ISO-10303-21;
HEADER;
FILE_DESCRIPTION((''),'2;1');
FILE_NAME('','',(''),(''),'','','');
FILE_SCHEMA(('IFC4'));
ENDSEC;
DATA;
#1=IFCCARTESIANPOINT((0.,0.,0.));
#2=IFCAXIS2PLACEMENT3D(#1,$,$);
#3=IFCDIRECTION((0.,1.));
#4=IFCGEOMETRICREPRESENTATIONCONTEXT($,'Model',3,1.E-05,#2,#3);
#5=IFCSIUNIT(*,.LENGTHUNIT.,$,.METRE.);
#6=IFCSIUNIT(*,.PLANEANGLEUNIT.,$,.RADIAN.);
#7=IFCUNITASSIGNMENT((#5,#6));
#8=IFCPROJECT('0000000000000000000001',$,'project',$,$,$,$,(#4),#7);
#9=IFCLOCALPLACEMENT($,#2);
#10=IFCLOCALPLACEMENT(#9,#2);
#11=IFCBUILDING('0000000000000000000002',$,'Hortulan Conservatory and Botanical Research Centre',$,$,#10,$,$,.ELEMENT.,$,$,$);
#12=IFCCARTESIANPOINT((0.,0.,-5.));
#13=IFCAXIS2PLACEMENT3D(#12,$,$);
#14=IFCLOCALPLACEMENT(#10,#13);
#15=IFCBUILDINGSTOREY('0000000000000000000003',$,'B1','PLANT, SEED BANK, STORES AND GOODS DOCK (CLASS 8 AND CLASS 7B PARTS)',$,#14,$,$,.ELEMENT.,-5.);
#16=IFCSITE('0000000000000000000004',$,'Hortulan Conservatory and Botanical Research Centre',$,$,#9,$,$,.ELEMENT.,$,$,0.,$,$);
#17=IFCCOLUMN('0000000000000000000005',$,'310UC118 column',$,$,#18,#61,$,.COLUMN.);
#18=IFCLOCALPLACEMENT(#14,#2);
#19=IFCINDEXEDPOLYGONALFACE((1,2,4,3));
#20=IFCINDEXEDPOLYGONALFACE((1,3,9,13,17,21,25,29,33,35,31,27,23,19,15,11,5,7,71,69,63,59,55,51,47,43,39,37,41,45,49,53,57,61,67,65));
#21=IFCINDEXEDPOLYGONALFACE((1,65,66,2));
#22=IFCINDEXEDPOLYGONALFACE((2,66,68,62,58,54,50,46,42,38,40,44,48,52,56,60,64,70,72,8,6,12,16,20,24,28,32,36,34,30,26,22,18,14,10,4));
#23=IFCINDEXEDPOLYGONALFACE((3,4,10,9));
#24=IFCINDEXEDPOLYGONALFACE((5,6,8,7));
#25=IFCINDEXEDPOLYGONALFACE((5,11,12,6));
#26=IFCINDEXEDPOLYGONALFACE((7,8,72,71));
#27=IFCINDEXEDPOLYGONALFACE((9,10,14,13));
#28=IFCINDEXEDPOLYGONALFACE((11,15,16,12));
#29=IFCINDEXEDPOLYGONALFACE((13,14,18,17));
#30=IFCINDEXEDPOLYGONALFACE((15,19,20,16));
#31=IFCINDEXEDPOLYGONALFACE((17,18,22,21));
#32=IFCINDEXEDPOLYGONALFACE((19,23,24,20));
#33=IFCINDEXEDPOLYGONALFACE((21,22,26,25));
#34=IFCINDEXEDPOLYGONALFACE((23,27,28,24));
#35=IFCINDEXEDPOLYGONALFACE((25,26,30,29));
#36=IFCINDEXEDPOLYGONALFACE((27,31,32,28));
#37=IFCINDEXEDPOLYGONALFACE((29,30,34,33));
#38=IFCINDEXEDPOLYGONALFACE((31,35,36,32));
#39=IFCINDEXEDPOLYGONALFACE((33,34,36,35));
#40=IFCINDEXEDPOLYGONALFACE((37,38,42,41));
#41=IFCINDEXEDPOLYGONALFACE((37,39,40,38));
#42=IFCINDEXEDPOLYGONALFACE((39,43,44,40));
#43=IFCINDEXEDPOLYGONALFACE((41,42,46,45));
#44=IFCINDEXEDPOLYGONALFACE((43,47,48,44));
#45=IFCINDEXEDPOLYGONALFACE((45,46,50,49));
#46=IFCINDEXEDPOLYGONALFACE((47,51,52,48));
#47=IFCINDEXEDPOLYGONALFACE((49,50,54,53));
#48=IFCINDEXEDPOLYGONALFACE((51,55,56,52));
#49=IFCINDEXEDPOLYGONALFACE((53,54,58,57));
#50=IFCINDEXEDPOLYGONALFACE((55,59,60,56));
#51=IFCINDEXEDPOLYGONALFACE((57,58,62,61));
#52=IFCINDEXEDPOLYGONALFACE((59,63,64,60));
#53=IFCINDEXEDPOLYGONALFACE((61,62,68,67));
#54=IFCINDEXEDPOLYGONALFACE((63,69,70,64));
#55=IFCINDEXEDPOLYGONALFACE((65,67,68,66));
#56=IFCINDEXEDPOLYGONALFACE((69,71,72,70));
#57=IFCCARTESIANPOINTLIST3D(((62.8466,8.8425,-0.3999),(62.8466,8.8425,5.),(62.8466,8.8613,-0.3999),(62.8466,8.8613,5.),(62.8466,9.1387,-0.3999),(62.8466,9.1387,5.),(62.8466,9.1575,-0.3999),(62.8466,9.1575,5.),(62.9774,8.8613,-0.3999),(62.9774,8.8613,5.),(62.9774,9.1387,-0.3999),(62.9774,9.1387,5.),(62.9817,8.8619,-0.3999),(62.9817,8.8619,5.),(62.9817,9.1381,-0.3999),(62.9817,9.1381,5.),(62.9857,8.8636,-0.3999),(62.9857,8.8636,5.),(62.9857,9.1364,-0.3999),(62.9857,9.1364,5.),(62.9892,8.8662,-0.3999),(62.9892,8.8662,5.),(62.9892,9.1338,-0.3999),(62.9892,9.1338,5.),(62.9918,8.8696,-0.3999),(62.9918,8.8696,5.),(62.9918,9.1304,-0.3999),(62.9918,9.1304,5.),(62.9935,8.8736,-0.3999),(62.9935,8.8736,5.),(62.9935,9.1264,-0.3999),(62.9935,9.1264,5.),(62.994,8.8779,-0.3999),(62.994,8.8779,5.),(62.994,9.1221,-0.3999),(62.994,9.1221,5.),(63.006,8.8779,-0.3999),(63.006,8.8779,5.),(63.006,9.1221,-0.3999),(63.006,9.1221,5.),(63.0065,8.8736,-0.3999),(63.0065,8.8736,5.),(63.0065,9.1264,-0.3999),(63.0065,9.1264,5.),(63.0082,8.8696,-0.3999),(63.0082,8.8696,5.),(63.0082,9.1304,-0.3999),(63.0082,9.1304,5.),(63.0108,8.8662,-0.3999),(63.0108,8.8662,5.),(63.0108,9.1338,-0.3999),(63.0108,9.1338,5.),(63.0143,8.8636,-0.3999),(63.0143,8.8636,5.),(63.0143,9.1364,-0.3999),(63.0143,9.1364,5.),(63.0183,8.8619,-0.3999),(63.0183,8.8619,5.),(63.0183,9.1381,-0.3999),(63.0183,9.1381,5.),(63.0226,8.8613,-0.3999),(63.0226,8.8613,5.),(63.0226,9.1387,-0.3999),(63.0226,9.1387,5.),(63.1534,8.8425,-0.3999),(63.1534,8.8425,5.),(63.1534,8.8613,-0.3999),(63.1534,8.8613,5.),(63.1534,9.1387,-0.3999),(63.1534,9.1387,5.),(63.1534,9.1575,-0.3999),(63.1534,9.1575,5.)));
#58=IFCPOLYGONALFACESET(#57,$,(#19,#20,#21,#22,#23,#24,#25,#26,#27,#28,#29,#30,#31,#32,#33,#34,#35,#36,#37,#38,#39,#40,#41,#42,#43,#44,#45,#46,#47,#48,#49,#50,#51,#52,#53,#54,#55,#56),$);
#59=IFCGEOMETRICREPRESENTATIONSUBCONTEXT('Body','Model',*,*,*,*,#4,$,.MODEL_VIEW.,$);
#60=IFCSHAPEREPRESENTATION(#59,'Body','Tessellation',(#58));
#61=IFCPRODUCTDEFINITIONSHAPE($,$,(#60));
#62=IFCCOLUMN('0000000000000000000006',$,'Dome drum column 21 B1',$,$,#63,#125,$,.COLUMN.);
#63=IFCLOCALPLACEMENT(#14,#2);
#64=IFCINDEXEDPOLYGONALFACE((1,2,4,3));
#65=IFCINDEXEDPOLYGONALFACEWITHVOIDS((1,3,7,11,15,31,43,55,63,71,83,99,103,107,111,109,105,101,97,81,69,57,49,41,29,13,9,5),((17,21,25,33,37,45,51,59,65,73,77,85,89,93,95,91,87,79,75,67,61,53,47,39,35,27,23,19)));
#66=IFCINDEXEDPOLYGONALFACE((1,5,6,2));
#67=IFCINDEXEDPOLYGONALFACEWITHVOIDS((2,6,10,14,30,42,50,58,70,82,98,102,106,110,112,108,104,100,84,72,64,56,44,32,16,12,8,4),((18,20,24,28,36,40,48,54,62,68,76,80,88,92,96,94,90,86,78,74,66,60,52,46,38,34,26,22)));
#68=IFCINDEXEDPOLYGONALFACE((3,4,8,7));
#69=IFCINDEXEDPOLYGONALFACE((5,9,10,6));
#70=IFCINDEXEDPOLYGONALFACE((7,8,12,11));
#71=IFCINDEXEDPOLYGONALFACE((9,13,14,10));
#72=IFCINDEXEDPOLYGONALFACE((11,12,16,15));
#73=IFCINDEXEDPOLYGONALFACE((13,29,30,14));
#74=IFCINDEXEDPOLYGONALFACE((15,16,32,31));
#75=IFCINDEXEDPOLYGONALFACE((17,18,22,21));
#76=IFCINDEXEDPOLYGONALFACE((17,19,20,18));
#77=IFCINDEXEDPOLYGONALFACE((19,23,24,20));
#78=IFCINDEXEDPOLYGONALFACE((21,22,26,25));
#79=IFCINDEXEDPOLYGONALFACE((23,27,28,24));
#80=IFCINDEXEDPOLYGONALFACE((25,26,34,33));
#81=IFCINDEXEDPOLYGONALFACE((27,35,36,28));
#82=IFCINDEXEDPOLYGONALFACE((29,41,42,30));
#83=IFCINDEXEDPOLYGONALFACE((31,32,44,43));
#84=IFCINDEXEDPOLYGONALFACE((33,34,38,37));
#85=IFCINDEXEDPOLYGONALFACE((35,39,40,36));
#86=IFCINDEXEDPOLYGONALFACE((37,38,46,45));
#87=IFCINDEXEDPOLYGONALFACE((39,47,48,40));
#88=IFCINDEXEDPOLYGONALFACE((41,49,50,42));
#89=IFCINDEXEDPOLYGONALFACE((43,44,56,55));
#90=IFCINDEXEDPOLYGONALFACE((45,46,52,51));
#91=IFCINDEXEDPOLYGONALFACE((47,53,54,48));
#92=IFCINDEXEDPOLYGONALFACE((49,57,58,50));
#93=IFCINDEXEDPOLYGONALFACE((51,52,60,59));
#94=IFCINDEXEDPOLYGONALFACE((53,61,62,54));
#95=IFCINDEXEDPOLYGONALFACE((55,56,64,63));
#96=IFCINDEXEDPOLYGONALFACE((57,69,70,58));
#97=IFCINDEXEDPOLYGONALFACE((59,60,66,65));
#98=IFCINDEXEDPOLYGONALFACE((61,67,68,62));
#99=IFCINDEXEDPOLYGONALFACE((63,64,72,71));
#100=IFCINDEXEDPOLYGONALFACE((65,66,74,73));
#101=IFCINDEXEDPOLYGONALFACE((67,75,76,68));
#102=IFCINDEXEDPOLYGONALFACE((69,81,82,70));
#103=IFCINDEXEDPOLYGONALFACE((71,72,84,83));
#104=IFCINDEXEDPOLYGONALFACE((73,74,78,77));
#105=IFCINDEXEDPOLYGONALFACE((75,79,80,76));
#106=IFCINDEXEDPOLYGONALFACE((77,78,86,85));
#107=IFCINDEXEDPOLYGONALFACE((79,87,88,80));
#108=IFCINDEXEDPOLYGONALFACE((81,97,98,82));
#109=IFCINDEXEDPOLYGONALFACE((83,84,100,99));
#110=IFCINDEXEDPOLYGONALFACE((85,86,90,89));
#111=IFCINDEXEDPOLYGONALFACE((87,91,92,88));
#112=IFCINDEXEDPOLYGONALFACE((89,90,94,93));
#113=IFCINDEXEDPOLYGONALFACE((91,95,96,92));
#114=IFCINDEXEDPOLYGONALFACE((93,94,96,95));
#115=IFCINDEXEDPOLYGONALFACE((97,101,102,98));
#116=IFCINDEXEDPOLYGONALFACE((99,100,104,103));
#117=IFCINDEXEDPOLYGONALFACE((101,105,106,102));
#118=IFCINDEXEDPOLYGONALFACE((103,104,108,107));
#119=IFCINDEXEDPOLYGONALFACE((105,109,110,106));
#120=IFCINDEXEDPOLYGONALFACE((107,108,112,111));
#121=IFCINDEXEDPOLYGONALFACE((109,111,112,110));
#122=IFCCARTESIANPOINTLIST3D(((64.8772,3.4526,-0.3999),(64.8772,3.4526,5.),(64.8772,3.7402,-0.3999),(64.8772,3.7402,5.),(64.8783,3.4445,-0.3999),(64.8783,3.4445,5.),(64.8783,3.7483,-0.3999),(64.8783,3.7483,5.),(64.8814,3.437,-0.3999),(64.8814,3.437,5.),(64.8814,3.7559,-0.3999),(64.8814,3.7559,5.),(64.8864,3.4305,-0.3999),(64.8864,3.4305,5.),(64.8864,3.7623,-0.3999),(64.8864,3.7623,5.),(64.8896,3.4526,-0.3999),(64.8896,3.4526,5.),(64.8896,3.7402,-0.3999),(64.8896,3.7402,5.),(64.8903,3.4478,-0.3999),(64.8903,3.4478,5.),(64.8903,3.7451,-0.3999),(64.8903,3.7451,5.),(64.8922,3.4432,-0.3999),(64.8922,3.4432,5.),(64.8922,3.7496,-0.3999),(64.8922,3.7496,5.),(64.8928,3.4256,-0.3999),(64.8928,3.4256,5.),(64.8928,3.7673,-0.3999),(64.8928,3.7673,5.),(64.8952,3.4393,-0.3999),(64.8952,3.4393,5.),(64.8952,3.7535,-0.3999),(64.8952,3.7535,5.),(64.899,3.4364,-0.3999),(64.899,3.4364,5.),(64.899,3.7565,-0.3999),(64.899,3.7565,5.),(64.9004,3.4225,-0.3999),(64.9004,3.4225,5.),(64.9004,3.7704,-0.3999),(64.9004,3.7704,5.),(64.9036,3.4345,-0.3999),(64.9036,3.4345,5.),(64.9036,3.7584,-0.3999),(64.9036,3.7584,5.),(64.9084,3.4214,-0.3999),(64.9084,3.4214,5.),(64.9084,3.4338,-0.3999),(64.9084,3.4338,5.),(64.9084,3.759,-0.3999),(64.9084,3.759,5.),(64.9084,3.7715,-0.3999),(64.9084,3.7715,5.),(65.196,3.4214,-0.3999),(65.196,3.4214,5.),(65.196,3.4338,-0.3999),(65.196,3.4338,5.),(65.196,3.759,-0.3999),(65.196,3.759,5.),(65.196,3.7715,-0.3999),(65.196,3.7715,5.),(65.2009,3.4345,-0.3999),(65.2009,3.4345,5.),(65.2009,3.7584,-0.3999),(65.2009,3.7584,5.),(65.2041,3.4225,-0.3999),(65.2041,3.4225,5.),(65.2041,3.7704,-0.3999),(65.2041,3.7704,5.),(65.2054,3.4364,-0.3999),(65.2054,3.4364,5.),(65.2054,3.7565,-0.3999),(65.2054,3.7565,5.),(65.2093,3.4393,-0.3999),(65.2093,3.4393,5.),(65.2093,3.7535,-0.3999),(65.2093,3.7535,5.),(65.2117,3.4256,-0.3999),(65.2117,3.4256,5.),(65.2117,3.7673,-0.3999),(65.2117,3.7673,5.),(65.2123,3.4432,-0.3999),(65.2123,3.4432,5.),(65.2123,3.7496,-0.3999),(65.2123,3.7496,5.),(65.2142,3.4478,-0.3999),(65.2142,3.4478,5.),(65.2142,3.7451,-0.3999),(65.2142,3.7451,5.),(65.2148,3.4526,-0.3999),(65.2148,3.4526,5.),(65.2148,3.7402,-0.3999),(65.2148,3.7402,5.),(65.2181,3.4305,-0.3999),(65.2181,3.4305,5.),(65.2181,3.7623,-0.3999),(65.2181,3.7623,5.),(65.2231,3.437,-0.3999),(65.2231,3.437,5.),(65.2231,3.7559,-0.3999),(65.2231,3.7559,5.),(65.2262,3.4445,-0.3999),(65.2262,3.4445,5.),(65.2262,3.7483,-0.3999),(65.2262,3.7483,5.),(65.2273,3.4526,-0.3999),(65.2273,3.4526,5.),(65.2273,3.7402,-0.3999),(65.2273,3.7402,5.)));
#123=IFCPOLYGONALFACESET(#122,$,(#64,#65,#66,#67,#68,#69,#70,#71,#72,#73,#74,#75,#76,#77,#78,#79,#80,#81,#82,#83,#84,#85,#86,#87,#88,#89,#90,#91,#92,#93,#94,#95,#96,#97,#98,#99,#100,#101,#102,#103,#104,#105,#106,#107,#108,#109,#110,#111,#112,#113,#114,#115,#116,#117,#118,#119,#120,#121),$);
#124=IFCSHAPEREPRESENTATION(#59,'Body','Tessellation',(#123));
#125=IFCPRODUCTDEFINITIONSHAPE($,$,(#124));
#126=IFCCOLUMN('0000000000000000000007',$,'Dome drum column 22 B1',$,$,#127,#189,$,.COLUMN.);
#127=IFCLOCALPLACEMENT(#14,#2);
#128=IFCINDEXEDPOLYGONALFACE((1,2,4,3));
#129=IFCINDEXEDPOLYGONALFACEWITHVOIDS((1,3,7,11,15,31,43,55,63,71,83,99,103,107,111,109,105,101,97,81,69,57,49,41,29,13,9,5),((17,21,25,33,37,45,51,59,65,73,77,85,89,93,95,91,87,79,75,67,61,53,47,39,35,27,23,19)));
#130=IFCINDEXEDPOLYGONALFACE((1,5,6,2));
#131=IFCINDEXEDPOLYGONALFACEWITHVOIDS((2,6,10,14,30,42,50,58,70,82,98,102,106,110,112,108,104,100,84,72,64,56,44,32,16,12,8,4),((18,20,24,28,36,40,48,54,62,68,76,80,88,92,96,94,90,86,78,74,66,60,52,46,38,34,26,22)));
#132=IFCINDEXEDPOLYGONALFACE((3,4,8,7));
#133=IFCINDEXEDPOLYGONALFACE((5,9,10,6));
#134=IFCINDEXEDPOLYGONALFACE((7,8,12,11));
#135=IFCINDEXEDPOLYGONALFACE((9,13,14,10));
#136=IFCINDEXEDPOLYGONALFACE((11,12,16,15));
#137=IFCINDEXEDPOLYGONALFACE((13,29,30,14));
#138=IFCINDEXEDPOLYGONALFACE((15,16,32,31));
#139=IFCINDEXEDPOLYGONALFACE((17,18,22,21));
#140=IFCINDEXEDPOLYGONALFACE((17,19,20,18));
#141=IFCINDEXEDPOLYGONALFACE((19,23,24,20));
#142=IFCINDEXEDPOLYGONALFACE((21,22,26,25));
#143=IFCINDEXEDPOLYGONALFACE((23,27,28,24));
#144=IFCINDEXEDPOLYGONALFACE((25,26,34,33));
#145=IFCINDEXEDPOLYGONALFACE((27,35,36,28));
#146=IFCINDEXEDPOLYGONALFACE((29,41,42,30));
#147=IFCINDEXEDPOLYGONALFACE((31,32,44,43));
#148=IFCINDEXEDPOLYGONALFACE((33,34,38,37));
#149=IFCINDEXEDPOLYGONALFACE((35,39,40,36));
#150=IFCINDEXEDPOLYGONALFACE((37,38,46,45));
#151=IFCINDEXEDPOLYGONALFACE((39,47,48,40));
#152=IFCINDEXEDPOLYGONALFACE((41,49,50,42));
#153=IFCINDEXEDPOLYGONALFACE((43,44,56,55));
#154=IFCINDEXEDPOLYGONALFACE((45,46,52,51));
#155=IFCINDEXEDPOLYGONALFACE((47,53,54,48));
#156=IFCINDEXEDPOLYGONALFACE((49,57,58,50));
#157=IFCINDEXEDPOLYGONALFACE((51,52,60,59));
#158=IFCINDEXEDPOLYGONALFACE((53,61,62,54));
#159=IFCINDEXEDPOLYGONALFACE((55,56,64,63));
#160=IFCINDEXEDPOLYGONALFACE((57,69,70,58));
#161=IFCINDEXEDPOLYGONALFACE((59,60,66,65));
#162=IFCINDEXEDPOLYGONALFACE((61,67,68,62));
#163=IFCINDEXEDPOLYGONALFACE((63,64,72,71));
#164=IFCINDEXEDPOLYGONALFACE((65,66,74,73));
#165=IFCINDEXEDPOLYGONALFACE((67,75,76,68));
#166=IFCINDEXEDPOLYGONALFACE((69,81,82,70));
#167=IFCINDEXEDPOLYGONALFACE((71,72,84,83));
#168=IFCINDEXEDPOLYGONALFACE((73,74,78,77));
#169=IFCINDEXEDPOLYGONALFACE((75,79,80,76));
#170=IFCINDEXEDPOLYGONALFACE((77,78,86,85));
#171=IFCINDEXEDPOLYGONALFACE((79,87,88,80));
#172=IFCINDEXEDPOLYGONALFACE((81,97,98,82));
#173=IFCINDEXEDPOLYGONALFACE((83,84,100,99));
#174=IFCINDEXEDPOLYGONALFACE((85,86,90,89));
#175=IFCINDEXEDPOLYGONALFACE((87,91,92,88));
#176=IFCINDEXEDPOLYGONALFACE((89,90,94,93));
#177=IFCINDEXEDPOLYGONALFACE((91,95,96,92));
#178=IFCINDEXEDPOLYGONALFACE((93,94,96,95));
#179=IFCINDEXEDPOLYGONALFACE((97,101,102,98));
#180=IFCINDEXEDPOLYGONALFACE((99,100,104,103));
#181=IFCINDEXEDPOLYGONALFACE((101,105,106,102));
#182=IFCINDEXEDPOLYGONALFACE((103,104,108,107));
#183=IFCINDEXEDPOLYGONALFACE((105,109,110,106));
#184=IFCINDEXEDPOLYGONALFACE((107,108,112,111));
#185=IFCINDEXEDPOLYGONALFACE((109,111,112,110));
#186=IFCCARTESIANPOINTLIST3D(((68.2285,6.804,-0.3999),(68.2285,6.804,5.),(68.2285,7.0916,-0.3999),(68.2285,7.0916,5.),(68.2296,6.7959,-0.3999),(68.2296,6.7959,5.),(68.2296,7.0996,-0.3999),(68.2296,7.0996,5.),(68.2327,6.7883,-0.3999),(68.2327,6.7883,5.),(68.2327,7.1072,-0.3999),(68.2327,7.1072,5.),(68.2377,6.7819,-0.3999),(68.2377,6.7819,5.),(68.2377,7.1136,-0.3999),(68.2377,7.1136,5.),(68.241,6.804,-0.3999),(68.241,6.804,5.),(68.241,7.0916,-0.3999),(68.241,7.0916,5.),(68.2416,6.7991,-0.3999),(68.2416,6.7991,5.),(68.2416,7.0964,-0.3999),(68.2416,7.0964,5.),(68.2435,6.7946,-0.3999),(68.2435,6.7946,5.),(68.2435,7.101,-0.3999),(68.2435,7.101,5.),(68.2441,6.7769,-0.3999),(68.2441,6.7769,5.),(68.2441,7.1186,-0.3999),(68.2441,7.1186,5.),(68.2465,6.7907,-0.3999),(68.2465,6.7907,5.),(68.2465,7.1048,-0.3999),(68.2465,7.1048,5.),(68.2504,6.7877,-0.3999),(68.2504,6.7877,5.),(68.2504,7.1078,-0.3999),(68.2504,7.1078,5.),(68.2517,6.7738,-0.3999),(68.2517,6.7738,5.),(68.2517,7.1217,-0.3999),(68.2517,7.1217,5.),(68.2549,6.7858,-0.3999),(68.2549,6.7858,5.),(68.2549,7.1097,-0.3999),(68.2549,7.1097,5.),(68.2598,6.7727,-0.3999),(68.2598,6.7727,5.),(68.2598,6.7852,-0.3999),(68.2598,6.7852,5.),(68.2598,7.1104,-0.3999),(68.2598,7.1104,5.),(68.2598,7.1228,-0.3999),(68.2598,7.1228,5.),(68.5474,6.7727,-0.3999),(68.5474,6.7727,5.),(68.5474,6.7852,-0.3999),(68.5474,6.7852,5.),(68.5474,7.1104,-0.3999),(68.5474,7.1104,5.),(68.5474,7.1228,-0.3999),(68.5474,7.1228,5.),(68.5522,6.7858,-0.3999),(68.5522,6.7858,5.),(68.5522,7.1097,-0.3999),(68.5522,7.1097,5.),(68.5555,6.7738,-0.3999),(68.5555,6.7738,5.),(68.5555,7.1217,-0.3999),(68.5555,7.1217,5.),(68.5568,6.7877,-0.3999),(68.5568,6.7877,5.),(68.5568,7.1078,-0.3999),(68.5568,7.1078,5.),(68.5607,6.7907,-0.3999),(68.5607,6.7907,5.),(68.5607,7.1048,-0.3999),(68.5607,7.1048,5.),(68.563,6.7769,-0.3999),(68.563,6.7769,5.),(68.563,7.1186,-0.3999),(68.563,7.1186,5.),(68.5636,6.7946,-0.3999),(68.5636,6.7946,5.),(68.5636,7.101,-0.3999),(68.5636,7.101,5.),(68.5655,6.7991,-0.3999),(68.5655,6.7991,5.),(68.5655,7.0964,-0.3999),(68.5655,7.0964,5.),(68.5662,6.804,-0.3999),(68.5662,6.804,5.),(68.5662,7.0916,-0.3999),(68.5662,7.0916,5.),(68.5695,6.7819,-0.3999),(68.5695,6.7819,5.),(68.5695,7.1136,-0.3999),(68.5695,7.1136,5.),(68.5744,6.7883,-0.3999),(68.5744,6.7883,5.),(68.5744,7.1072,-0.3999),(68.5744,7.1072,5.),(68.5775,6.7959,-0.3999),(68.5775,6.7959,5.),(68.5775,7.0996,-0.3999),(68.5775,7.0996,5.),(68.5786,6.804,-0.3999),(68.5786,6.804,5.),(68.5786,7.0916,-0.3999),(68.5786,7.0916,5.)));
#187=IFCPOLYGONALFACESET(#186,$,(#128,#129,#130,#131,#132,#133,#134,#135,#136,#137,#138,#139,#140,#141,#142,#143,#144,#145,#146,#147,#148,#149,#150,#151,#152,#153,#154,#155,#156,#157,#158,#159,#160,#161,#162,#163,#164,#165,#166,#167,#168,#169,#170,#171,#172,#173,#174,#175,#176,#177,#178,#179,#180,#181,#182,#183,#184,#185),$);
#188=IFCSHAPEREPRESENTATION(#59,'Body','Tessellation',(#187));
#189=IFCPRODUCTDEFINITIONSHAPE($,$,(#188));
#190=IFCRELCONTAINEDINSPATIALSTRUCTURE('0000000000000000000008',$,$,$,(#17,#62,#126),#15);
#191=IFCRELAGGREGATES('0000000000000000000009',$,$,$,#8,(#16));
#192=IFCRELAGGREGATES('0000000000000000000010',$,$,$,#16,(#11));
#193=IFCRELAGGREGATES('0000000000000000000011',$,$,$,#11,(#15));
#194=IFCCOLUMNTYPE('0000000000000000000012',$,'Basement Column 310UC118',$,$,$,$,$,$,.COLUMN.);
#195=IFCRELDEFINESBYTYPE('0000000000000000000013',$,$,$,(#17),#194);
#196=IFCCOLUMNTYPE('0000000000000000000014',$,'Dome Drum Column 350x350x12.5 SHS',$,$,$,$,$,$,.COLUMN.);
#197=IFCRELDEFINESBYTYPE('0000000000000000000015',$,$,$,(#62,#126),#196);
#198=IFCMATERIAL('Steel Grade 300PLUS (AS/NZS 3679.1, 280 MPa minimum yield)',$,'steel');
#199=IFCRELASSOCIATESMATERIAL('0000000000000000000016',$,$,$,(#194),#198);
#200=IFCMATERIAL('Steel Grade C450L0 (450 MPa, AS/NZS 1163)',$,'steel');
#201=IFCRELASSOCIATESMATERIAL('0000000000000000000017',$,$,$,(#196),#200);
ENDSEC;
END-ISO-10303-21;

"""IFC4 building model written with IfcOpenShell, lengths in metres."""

from ifc_helpers import new_model, si_unit, direction, frame, origin, origin_2d, place, context, subcontext, project, spatial, hollow_rectangle, i_section, extrude, material, material_profile, profile_set, type_object, element, save


model = new_model("IFC4")

# Units and contexts
model_context = context("Model", 3, precision=1e-05, world=origin(), true_north=direction((0.0, 1.0)))
body_context = subcontext(model_context, "Body", "Model", "MODEL_VIEW")
ifc_project = project(units=[si_unit("LENGTHUNIT", "METRE"), si_unit("PLANEANGLEUNIT", "RADIAN")], contexts=[model_context])

# Site, building, storey
site_placement = place(None, origin())
site = spatial("IfcSite", under=ifc_project, at=site_placement, Name="Hortulan Conservatory and Botanical Research Centre", CompositionType="ELEMENT", RefElevation=0.0)
building_placement = place(site_placement, origin())
building = spatial("IfcBuilding", under=site, at=building_placement, Name="Hortulan Conservatory and Botanical Research Centre", CompositionType="ELEMENT")
storey_placement = place(building_placement, frame((0.0, 0.0, -5.0)))
storey = spatial("IfcBuildingStorey", under=building, at=storey_placement, Name="B1", Description="PLANT, SEED BANK, STORES AND GOODS DOCK (CLASS 8 AND CLASS 7B PARTS)", CompositionType="ELEMENT", Elevation=-5.0)

# Columns
ifc_material_1 = material(Name="Steel Grade 300PLUS (AS/NZS 3679.1, 280 MPa minimum yield)", Category="steel")
ifc_material_profile_1 = material_profile(ifc_material_1, i_section(OverallWidth=0.3069, OverallDepth=0.3149, WebThickness=0.012, FlangeThickness=0.0188, FilletRadius=0.0166, at=origin_2d()), Name="310UC118")
ifc_profile_set_1 = profile_set([ifc_material_profile_1], Name="Steel Grade 300PLUS (AS/NZS 3679.1, 280 MPa minimum yield)")
column_type_1 = type_object("IfcColumnType", Name="Basement Column 310UC118", PredefinedType="COLUMN", material=ifc_profile_set_1)
column_1_placement = place(storey_placement, frame((63.0, 9.0, -0.3999), z_axis=(0.0, 0.0, 1.0), x_axis=(1.0, 0.0, 0.0)))
element("IfcColumn", 1, at=column_1_placement, inside=storey, type_object=column_type_1, Name="310UC118 column", PredefinedType="COLUMN", context=body_context, shape_type="SweptSolid", body=[
    extrude(i_section(OverallWidth=0.3069, OverallDepth=0.3149, WebThickness=0.012, FlangeThickness=0.0188, FilletRadius=0.0166, at=origin_2d()), origin(), (0.0, 0.0, 1.0), 5.3999),
])
ifc_material_2 = material(Name="Steel Grade C450L0 (450 MPa, AS/NZS 1163)", Category="steel")
ifc_material_profile_2 = material_profile(ifc_material_2, hollow_rectangle(XDim=0.3501, YDim=0.3501, WallThickness=0.0125, InnerFilletRadius=0.0188, OuterFilletRadius=0.0312, at=origin_2d()), Name="350x350x12.5SHS")
ifc_profile_set_2 = profile_set([ifc_material_profile_2], Name="Steel Grade C450L0 (450 MPa, AS/NZS 1163)")
column_type_2 = type_object("IfcColumnType", Name="Dome Drum Column 350x350x12.5 SHS", PredefinedType="COLUMN", material=ifc_profile_set_2)
for number, where, z_axis, x_axis, name in (
    (2, (65.0522, 3.5964, -0.3999), (0.0, 0.0, 1.0), (1.0, 0.0, 0.0), "Dome drum column 21 B1"),
    (3, (68.4036, 6.9478, -0.3999), (0.0, 0.0, 1.0), (1.0, 0.0, 0.0), "Dome drum column 22 B1"),
):
    element("IfcColumn", number, at=place(storey_placement, frame(where, z_axis=z_axis, x_axis=x_axis)), inside=storey, type_object=column_type_2, Name=name, PredefinedType="COLUMN", context=body_context, shape_type="SweptSolid", body=[
        extrude(hollow_rectangle(XDim=0.3501, YDim=0.3501, WallThickness=0.0125, InnerFilletRadius=0.0188, OuterFilletRadius=0.0312, at=origin_2d()), origin(), (0.0, 0.0, 1.0), 5.3999),
    ])

save(model, "model.ifc")
